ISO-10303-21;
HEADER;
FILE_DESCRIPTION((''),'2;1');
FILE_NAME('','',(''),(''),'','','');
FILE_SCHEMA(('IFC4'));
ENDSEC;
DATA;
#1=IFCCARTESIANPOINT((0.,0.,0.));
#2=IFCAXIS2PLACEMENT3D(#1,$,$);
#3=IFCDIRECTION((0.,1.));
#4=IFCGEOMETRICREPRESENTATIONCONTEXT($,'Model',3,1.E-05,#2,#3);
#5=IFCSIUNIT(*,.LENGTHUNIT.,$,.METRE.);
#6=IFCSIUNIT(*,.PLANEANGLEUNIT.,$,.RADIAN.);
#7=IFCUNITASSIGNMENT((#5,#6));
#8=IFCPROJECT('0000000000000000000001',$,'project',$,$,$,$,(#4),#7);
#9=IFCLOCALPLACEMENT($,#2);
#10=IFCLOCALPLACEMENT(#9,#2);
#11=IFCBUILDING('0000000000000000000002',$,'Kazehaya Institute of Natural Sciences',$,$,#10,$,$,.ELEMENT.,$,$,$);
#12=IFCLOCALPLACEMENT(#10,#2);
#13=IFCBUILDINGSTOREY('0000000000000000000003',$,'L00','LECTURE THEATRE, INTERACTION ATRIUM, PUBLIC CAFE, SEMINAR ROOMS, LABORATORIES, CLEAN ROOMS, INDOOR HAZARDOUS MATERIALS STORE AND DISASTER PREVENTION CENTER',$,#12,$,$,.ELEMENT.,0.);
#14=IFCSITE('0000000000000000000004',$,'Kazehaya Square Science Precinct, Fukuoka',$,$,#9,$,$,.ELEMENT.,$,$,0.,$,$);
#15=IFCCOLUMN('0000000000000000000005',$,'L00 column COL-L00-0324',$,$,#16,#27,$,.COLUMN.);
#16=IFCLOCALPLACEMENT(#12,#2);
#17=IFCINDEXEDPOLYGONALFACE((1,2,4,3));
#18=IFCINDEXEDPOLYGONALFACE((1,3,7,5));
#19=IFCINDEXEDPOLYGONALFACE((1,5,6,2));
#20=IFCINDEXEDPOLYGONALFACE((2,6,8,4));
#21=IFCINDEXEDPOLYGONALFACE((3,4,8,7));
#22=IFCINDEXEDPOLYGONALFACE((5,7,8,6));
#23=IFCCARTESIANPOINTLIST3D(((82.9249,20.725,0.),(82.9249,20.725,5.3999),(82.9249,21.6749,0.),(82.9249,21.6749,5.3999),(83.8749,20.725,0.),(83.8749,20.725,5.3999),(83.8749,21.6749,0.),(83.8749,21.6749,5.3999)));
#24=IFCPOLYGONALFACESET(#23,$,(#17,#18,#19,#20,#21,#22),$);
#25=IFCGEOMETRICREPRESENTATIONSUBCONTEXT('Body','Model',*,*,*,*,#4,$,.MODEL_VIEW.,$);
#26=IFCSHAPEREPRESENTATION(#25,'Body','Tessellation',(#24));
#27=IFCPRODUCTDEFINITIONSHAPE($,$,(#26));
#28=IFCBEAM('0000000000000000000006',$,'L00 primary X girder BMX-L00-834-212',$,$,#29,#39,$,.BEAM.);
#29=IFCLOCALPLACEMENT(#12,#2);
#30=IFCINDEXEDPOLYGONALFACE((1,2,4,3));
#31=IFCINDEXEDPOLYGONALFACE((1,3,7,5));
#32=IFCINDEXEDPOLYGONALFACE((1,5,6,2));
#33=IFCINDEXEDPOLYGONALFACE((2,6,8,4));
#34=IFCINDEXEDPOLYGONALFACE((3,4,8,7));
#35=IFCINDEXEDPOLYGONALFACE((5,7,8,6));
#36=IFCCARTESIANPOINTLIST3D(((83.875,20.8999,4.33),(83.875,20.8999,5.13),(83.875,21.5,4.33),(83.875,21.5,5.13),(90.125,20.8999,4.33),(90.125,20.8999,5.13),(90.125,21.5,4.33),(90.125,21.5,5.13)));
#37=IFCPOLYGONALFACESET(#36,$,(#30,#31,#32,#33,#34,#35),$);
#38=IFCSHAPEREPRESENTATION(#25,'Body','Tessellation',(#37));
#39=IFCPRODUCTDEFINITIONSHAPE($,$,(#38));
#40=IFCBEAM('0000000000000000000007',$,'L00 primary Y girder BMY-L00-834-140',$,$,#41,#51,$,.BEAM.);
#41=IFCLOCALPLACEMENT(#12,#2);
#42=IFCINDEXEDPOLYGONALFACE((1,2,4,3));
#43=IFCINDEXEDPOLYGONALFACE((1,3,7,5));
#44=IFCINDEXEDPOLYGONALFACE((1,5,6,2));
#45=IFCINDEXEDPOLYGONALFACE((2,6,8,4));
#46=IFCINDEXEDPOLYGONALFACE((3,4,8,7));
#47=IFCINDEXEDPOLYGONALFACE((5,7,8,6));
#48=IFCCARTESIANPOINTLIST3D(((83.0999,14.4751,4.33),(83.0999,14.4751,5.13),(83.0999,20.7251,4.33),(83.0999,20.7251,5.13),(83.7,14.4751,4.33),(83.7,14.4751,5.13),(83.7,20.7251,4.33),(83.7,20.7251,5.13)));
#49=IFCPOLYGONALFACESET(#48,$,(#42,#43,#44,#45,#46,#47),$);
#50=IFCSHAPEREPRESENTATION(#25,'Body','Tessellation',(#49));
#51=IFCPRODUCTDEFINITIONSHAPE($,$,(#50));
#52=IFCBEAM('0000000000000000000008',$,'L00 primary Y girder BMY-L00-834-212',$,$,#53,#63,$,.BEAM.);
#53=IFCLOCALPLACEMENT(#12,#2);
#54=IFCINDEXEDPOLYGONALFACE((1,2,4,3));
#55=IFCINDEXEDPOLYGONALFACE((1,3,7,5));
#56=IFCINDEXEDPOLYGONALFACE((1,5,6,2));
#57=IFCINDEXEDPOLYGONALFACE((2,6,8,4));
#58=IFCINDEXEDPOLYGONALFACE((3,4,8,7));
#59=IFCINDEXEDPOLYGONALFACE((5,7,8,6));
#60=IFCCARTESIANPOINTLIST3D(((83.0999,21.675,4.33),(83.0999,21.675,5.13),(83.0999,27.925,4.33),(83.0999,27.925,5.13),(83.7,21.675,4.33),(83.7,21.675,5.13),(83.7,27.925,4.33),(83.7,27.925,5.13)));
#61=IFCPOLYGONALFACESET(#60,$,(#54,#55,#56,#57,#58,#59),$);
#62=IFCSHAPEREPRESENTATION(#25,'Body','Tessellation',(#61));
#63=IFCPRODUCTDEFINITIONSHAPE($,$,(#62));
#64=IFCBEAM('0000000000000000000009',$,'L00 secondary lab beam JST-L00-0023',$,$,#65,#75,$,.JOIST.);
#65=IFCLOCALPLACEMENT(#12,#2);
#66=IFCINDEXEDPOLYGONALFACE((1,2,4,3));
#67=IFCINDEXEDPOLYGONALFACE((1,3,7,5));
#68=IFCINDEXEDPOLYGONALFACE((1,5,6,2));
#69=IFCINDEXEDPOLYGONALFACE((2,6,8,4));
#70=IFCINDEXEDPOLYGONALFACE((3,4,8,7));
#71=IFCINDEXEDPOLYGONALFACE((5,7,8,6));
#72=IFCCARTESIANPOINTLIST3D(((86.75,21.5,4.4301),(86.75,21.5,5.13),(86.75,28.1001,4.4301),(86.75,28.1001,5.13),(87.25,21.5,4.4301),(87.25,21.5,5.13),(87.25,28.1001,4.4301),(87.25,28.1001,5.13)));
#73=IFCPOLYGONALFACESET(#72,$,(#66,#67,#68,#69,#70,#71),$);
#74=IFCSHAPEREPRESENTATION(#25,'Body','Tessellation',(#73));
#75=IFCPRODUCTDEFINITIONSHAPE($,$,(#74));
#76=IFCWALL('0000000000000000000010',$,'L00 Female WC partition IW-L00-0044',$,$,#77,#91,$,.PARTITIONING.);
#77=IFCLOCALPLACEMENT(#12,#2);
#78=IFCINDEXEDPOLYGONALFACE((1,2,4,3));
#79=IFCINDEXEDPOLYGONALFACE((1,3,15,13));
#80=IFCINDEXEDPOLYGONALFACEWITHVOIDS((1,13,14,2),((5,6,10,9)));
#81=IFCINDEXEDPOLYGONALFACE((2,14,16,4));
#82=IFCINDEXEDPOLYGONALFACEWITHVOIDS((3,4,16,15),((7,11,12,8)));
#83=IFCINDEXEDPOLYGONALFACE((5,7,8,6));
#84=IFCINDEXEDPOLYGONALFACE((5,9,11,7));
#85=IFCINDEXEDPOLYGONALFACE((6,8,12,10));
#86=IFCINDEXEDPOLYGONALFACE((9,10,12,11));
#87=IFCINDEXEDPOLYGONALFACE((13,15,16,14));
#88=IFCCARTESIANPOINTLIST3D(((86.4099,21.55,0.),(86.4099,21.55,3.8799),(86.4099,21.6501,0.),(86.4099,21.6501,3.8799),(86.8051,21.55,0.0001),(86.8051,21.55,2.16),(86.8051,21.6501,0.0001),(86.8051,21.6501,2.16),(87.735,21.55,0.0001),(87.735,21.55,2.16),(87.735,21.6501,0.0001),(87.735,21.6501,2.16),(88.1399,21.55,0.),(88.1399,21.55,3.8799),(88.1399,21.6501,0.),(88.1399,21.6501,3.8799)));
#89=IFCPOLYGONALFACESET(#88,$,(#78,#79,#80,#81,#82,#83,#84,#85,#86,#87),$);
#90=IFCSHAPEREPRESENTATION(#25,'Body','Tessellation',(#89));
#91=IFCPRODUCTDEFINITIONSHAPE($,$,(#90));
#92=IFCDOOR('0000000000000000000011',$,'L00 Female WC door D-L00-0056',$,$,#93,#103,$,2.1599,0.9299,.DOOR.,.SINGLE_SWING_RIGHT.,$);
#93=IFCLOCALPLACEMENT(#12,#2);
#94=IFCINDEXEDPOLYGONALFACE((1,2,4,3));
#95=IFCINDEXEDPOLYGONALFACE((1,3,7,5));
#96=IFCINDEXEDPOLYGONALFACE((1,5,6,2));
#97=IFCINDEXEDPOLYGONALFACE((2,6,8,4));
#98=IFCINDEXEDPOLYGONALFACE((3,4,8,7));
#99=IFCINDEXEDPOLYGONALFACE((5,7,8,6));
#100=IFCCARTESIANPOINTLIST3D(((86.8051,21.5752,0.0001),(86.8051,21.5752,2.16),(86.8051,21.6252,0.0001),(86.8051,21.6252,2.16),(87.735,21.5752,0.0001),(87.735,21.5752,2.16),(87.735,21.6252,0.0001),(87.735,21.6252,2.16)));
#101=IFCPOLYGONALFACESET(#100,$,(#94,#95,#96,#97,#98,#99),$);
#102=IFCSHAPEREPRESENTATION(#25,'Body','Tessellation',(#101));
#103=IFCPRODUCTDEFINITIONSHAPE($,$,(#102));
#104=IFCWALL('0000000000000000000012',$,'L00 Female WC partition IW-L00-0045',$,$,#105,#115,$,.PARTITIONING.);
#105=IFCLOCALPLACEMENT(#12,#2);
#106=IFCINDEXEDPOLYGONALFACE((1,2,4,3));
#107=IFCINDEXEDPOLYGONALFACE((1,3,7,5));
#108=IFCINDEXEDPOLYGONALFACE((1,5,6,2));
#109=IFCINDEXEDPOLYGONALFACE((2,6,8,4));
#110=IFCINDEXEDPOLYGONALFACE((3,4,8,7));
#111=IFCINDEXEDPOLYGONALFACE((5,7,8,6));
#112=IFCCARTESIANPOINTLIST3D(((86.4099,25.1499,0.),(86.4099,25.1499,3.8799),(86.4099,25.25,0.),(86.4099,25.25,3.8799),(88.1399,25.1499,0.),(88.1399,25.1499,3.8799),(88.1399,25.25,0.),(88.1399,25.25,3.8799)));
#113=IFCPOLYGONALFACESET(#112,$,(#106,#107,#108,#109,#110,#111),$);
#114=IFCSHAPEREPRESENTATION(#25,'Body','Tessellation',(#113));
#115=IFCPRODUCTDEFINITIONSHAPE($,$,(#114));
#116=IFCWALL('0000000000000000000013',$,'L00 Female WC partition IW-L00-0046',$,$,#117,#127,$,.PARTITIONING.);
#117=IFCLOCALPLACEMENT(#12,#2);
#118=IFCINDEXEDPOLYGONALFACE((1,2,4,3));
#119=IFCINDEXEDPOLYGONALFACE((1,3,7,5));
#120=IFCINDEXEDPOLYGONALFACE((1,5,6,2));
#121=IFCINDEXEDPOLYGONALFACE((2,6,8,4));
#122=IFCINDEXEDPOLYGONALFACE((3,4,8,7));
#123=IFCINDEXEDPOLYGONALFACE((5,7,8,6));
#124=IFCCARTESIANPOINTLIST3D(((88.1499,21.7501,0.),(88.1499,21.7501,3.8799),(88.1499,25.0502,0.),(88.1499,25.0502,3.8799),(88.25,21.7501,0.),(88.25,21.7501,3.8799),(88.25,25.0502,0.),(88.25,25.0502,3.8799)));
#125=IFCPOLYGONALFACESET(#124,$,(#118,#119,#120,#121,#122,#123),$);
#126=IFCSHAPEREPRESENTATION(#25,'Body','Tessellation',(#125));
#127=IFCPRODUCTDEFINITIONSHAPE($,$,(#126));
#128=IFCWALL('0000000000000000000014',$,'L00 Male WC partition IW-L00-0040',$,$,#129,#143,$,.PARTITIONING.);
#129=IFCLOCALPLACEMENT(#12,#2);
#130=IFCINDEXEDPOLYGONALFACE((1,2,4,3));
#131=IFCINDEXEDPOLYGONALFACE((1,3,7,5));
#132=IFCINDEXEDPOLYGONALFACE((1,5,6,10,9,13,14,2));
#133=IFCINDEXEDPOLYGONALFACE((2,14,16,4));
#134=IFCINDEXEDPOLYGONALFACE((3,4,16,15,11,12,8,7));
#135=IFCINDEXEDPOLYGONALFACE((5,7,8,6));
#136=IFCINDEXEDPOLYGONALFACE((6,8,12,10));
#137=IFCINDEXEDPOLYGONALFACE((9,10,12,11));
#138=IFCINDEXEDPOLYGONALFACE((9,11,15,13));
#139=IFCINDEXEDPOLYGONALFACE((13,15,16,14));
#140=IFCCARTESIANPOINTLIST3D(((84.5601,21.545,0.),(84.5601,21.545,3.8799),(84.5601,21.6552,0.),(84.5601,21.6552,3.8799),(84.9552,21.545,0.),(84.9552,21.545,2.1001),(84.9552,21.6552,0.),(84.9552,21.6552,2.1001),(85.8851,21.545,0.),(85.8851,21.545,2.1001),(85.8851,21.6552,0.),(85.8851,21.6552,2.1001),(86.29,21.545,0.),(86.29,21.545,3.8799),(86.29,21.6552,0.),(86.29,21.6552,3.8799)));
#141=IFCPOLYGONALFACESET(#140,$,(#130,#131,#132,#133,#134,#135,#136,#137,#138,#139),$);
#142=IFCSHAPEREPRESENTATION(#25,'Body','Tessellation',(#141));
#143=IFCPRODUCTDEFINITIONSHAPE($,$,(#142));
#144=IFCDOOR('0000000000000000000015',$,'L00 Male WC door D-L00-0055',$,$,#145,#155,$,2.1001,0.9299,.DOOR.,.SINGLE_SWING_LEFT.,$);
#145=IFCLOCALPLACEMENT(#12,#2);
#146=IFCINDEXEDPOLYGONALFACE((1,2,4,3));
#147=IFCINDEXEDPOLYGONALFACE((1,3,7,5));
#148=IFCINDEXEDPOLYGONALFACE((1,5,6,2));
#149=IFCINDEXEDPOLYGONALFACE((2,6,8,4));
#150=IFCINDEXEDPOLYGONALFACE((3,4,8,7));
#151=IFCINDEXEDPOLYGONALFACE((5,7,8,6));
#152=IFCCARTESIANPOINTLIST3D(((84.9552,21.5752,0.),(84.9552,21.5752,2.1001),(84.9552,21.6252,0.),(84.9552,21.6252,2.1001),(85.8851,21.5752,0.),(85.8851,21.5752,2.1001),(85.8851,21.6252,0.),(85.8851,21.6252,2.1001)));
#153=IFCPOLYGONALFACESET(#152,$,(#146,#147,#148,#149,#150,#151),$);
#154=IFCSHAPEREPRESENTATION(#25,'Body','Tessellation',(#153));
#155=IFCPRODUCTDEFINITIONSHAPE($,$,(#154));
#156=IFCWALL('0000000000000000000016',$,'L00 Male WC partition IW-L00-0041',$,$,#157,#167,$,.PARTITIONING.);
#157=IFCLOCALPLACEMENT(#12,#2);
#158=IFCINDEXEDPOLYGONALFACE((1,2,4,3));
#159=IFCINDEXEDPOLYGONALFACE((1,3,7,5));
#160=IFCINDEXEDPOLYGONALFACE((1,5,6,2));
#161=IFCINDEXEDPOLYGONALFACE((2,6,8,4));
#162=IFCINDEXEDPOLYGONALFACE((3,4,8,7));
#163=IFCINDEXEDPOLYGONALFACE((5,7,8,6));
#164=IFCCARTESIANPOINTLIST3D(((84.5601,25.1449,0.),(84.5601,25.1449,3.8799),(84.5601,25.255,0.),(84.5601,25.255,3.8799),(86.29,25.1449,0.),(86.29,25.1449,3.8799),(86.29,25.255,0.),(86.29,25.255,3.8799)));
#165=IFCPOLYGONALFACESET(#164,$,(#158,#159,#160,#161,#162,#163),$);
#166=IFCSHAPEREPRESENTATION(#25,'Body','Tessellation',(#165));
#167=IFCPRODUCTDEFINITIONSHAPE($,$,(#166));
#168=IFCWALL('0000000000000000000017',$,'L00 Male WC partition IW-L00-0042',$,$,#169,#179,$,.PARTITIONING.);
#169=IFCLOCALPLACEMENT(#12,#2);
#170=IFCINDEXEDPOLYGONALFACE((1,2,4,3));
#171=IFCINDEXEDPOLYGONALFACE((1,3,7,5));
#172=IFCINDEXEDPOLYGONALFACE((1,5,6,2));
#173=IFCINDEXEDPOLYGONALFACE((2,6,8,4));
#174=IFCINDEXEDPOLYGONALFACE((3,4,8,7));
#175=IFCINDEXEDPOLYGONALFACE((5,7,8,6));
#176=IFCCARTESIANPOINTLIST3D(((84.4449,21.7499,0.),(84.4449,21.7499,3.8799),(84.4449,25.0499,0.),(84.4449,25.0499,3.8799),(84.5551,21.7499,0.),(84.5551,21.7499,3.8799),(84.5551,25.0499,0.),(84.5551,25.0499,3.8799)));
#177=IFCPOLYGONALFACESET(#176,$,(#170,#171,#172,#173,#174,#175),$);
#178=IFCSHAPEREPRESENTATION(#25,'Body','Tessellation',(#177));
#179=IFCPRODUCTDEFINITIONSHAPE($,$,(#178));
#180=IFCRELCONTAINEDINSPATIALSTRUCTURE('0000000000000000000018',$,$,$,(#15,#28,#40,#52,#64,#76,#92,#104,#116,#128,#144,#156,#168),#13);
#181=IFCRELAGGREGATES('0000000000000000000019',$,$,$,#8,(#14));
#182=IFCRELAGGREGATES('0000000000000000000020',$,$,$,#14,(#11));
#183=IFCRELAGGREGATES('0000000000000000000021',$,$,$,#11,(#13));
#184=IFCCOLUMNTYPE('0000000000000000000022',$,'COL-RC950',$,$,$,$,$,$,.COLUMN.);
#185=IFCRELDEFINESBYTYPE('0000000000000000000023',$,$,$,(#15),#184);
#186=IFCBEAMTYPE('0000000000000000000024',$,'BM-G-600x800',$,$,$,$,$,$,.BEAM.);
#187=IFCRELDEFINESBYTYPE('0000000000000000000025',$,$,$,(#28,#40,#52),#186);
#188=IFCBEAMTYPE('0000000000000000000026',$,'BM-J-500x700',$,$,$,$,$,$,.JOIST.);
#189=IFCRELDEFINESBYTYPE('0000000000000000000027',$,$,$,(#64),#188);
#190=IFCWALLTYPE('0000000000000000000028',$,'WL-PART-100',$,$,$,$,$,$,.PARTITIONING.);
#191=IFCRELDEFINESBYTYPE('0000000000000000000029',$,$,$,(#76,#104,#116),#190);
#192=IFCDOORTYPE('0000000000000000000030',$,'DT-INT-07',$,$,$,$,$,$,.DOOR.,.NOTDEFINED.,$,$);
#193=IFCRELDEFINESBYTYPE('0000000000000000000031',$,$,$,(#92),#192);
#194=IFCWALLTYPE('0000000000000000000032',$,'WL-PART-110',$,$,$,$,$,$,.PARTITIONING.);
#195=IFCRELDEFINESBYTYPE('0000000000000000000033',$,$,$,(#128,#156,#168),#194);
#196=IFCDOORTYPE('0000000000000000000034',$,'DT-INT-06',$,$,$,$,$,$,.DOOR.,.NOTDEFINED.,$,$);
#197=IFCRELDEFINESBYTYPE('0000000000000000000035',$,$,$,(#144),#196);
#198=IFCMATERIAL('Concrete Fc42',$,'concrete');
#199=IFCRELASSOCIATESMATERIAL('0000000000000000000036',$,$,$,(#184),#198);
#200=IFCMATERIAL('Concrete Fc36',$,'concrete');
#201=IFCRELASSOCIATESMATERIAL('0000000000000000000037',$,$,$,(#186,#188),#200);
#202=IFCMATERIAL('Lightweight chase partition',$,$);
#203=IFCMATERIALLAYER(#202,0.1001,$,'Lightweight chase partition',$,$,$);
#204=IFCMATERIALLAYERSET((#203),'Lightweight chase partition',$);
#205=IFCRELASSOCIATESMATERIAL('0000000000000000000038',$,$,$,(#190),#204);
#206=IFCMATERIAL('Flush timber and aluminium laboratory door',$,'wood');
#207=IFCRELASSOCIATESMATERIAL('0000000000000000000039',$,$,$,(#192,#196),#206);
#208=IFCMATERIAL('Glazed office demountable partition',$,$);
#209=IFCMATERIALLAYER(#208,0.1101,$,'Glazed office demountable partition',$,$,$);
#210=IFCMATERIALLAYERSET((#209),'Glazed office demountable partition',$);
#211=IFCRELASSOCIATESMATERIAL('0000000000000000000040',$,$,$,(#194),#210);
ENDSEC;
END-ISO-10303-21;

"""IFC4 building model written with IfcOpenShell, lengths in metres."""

from ifc_helpers import new_model, si_unit, direction, frame, frame_2d, origin, origin_2d, place, context, subcontext, project, spatial, rectangle, extrude, material, layer, layer_set, material_profile, profile_set, type_object, element, fill, save


model = new_model("IFC4")

# Units and contexts
model_context = context("Model", 3, precision=1e-05, world=origin(), true_north=direction((0.0, 1.0)))
body_context = subcontext(model_context, "Body", "Model", "MODEL_VIEW")
ifc_project = project(units=[si_unit("LENGTHUNIT", "METRE"), si_unit("PLANEANGLEUNIT", "RADIAN")], contexts=[model_context])

# Site, building, storey
site_placement = place(None, origin())
site = spatial("IfcSite", under=ifc_project, at=site_placement, Name="Kazehaya Square Science Precinct, Fukuoka", CompositionType="ELEMENT", RefElevation=0.0)
building_placement = place(site_placement, origin())
building = spatial("IfcBuilding", under=site, at=building_placement, Name="Kazehaya Institute of Natural Sciences", CompositionType="ELEMENT")
storey_placement = place(building_placement, origin())
storey = spatial("IfcBuildingStorey", under=building, at=storey_placement, Name="L00", Description="LECTURE THEATRE, INTERACTION ATRIUM, PUBLIC CAFE, SEMINAR ROOMS, LABORATORIES, CLEAN ROOMS, INDOOR HAZARDOUS MATERIALS STORE AND DISASTER PREVENTION CENTER", CompositionType="ELEMENT", Elevation=0.0)

# Column
ifc_material_1 = material(Name="Concrete Fc42", Category="concrete")
ifc_material_profile_1 = material_profile(ifc_material_1, rectangle(XDim=0.95, YDim=0.95, at=origin_2d()), Name="RC-950x950")
ifc_profile_set_1 = profile_set([ifc_material_profile_1], Name="Concrete Fc42")
column_type = type_object("IfcColumnType", Name="COL-RC950", PredefinedType="COLUMN", material=ifc_profile_set_1)
column_placement = place(storey_placement, frame((83.3999, 21.2, 0.0), z_axis=(0.0, 0.0, 1.0), x_axis=(1.0, 0.0, 0.0)))
element("IfcColumn", 1, at=column_placement, inside=storey, type_object=column_type, Name="L00 column COL-L00-0324", PredefinedType="COLUMN", context=body_context, shape_type="SweptSolid", body=[
    extrude(rectangle(XDim=0.95, YDim=0.95, at=origin_2d()), origin(), (0.0, 0.0, 1.0), 5.3999),
])

# Beams
ifc_material_2 = material(Name="Concrete Fc36", Category="concrete")
ifc_material_profile_2 = material_profile(ifc_material_2, rectangle(XDim=0.6001, YDim=0.8, at=origin_2d()), Name="RC-600x800")
ifc_profile_set_2 = profile_set([ifc_material_profile_2], Name="Concrete Fc36")
beam_type_1 = type_object("IfcBeamType", Name="BM-G-600x800", PredefinedType="BEAM", material=ifc_profile_set_2)
for number, where, z_axis, x_axis, name in (
    (2, (83.875, 21.2, 4.73), (1.0, 0.0, 0.0), (0.0, 1.0, 0.0), "L00 primary X girder BMX-L00-834-212"),
    (3, (83.3999, 14.4751, 4.73), (0.0, 1.0, 0.0), (-1.0, 0.0, 0.0), "L00 primary Y girder BMY-L00-834-140"),
    (4, (83.3999, 21.675, 4.73), (0.0, 1.0, 0.0), (-1.0, 0.0, 0.0), "L00 primary Y girder BMY-L00-834-212"),
):
    element("IfcBeam", number, at=place(storey_placement, frame(where, z_axis=z_axis, x_axis=x_axis)), inside=storey, type_object=beam_type_1, Name=name, PredefinedType="BEAM", context=body_context, shape_type="SweptSolid", body=[
        extrude(rectangle(XDim=0.6001, YDim=0.8, at=origin_2d()), origin(), (0.0, 0.0, 1.0), 6.25),
    ])
ifc_material_profile_3 = material_profile(ifc_material_2, rectangle(XDim=0.5, YDim=0.7, at=origin_2d()), Name="RC-500x700")
ifc_profile_set_3 = profile_set([ifc_material_profile_3], Name="Concrete Fc36")
beam_type_2 = type_object("IfcBeamType", Name="BM-J-500x700", PredefinedType="JOIST", material=ifc_profile_set_3)
beam_placement = place(storey_placement, frame((87.0, 21.5, 4.78), z_axis=(0.0, 1.0, 0.0), x_axis=(-1.0, 0.0, 0.0)))
element("IfcBeam", 5, at=beam_placement, inside=storey, type_object=beam_type_2, Name="L00 secondary lab beam JST-L00-0023", PredefinedType="JOIST", context=body_context, shape_type="SweptSolid", body=[
    extrude(rectangle(XDim=0.5, YDim=0.7, at=origin_2d()), origin(), (0.0, 0.0, 1.0), 6.6001),
])

# Wall, opening, door
ifc_material_3 = material(Name="Lightweight chase partition")
ifc_layer_1 = layer(ifc_material_3, 0.1001, Name="Lightweight chase partition")
ifc_layer_set_1 = layer_set([ifc_layer_1], Name="Lightweight chase partition")
wall_type_1 = type_object("IfcWallType", Name="WL-PART-100", PredefinedType="PARTITIONING", material=ifc_layer_set_1)
wall_1_placement = place(storey_placement, frame((88.1399, 21.6001, 0.0), z_axis=(0.0, 0.0, 1.0), x_axis=(-1.0, 0.0, 0.0)))
wall_1 = element("IfcWall", 6, at=wall_1_placement, inside=storey, type_object=wall_type_1, Name="L00 Female WC partition IW-L00-0044", PredefinedType="PARTITIONING", context=body_context, shape_type="SweptSolid", body=[
    extrude(rectangle(XDim=1.73, YDim=0.1001, at=frame_2d((0.865, 0.0))), origin(), (0.0, 0.0, 1.0), 3.8799),
])
opening_1_placement = place(wall_1_placement, frame((0.405, 0.0, 0.0)))
opening_1 = element("IfcOpeningElement", 7, at=opening_1_placement, cuts=wall_1, PredefinedType="OPENING", context=body_context, shape_type="SweptSolid", body=[
    extrude(rectangle(XDim=0.9299, YDim=2.1599, at=frame_2d((0.4648, 1.0801))), frame((0.0, 0.0601, 0.0), z_axis=(0.0, -1.0, 0.0), x_axis=(1.0, 0.0, 0.0)), (0.0, 0.0, 1.0), 0.1201),
])
ifc_material_4 = material(Name="Flush timber and aluminium laboratory door", Category="wood")
door_type_1 = type_object("IfcDoorType", Name="DT-INT-07", OperationType="NOTDEFINED", PredefinedType="DOOR", material=ifc_material_4)
door_1_placement = place(opening_1_placement, origin())
door_1 = element("IfcDoor", 8, at=door_1_placement, inside=storey, type_object=door_type_1, Name="L00 Female WC door D-L00-0056", OperationType="SINGLE_SWING_RIGHT", OverallHeight=2.1599, OverallWidth=0.9299, PredefinedType="DOOR", context=body_context, shape_type="SweptSolid", body=[
    extrude(rectangle(XDim=0.9299, YDim=2.1599, at=frame_2d((0.4648, 1.0801))), frame((0.0, 0.0249, 0.0), z_axis=(0.0, -1.0, 0.0), x_axis=(1.0, 0.0, 0.0)), (0.0, 0.0, 1.0), 0.05),
])
fill(opening_1, door_1)

# Walls
wall_2_placement = place(storey_placement, frame((86.4099, 25.2, 0.0), z_axis=(0.0, 0.0, 1.0), x_axis=(1.0, 0.0, 0.0)))
element("IfcWall", 9, at=wall_2_placement, inside=storey, type_object=wall_type_1, Name="L00 Female WC partition IW-L00-0045", PredefinedType="PARTITIONING", context=body_context, shape_type="SweptSolid", body=[
    extrude(rectangle(XDim=1.73, YDim=0.1001, at=frame_2d((0.865, 0.0))), origin(), (0.0, 0.0, 1.0), 3.8799),
])
wall_3_placement = place(storey_placement, frame((88.2, 25.05, 0.0), z_axis=(0.0, 0.0, 1.0), x_axis=(0.0, -1.0, 0.0)))
element("IfcWall", 10, at=wall_3_placement, inside=storey, type_object=wall_type_1, Name="L00 Female WC partition IW-L00-0046", PredefinedType="PARTITIONING", context=body_context, shape_type="SweptSolid", body=[
    extrude(rectangle(XDim=3.3, YDim=0.1001, at=frame_2d((1.6499, 0.0))), origin(), (0.0, 0.0, 1.0), 3.8799),
])

# Wall, opening, door
ifc_material_5 = material(Name="Glazed office demountable partition")
ifc_layer_2 = layer(ifc_material_5, 0.1101, Name="Glazed office demountable partition")
ifc_layer_set_2 = layer_set([ifc_layer_2], Name="Glazed office demountable partition")
wall_type_2 = type_object("IfcWallType", Name="WL-PART-110", PredefinedType="PARTITIONING", material=ifc_layer_set_2)
wall_4_placement = place(storey_placement, frame((86.29, 21.6001, 0.0), z_axis=(0.0, 0.0, 1.0), x_axis=(-1.0, 0.0, 0.0)))
wall_4 = element("IfcWall", 11, at=wall_4_placement, inside=storey, type_object=wall_type_2, Name="L00 Male WC partition IW-L00-0040", PredefinedType="PARTITIONING", context=body_context, shape_type="SweptSolid", body=[
    extrude(rectangle(XDim=1.73, YDim=0.1101, at=frame_2d((0.865, 0.0))), origin(), (0.0, 0.0, 1.0), 3.8799),
])
opening_2_placement = place(wall_4_placement, frame((0.405, 0.0, 0.0)))
opening_2 = element("IfcOpeningElement", 12, at=opening_2_placement, cuts=wall_4, PredefinedType="OPENING", context=body_context, shape_type="SweptSolid", body=[
    extrude(rectangle(XDim=0.9299, YDim=2.1001, at=frame_2d((0.4648, 1.05))), frame((0.0, 0.0649, 0.0), z_axis=(0.0, -1.0, 0.0), x_axis=(1.0, 0.0, 0.0)), (0.0, 0.0, 1.0), 0.1301),
])
door_type_2 = type_object("IfcDoorType", Name="DT-INT-06", OperationType="NOTDEFINED", PredefinedType="DOOR", material=ifc_material_4)
door_2_placement = place(opening_2_placement, origin())
door_2 = element("IfcDoor", 13, at=door_2_placement, inside=storey, type_object=door_type_2, Name="L00 Male WC door D-L00-0055", OperationType="SINGLE_SWING_LEFT", OverallHeight=2.1001, OverallWidth=0.9299, PredefinedType="DOOR", context=body_context, shape_type="SweptSolid", body=[
    extrude(rectangle(XDim=0.9299, YDim=2.1001, at=frame_2d((0.4648, 1.05))), frame((0.0, 0.0249, 0.0), z_axis=(0.0, -1.0, 0.0), x_axis=(1.0, 0.0, 0.0)), (0.0, 0.0, 1.0), 0.05),
])
fill(opening_2, door_2)

# Walls
wall_5_placement = place(storey_placement, frame((84.5601, 25.2, 0.0), z_axis=(0.0, 0.0, 1.0), x_axis=(1.0, 0.0, 0.0)))
element("IfcWall", 14, at=wall_5_placement, inside=storey, type_object=wall_type_2, Name="L00 Male WC partition IW-L00-0041", PredefinedType="PARTITIONING", context=body_context, shape_type="SweptSolid", body=[
    extrude(rectangle(XDim=1.73, YDim=0.1101, at=frame_2d((0.865, 0.0))), origin(), (0.0, 0.0, 1.0), 3.8799),
])
for number, where, z_axis, x_axis, name in (
    (15, (84.5, 21.75, 0.0), (0.0, 0.0, 1.0), (0.0, 1.0, 0.0), "L00 Male WC partition IW-L00-0042"),
):
    element("IfcWall", number, at=place(storey_placement, frame(where, z_axis=z_axis, x_axis=x_axis)), inside=storey, type_object=wall_type_2, Name=name, PredefinedType="PARTITIONING", context=body_context, shape_type="SweptSolid", body=[
        extrude(rectangle(XDim=3.3, YDim=0.1101, at=frame_2d((1.6499, 0.0))), origin(), (0.0, 0.0, 1.0), 3.8799),
    ])

save(model, "model.ifc")
